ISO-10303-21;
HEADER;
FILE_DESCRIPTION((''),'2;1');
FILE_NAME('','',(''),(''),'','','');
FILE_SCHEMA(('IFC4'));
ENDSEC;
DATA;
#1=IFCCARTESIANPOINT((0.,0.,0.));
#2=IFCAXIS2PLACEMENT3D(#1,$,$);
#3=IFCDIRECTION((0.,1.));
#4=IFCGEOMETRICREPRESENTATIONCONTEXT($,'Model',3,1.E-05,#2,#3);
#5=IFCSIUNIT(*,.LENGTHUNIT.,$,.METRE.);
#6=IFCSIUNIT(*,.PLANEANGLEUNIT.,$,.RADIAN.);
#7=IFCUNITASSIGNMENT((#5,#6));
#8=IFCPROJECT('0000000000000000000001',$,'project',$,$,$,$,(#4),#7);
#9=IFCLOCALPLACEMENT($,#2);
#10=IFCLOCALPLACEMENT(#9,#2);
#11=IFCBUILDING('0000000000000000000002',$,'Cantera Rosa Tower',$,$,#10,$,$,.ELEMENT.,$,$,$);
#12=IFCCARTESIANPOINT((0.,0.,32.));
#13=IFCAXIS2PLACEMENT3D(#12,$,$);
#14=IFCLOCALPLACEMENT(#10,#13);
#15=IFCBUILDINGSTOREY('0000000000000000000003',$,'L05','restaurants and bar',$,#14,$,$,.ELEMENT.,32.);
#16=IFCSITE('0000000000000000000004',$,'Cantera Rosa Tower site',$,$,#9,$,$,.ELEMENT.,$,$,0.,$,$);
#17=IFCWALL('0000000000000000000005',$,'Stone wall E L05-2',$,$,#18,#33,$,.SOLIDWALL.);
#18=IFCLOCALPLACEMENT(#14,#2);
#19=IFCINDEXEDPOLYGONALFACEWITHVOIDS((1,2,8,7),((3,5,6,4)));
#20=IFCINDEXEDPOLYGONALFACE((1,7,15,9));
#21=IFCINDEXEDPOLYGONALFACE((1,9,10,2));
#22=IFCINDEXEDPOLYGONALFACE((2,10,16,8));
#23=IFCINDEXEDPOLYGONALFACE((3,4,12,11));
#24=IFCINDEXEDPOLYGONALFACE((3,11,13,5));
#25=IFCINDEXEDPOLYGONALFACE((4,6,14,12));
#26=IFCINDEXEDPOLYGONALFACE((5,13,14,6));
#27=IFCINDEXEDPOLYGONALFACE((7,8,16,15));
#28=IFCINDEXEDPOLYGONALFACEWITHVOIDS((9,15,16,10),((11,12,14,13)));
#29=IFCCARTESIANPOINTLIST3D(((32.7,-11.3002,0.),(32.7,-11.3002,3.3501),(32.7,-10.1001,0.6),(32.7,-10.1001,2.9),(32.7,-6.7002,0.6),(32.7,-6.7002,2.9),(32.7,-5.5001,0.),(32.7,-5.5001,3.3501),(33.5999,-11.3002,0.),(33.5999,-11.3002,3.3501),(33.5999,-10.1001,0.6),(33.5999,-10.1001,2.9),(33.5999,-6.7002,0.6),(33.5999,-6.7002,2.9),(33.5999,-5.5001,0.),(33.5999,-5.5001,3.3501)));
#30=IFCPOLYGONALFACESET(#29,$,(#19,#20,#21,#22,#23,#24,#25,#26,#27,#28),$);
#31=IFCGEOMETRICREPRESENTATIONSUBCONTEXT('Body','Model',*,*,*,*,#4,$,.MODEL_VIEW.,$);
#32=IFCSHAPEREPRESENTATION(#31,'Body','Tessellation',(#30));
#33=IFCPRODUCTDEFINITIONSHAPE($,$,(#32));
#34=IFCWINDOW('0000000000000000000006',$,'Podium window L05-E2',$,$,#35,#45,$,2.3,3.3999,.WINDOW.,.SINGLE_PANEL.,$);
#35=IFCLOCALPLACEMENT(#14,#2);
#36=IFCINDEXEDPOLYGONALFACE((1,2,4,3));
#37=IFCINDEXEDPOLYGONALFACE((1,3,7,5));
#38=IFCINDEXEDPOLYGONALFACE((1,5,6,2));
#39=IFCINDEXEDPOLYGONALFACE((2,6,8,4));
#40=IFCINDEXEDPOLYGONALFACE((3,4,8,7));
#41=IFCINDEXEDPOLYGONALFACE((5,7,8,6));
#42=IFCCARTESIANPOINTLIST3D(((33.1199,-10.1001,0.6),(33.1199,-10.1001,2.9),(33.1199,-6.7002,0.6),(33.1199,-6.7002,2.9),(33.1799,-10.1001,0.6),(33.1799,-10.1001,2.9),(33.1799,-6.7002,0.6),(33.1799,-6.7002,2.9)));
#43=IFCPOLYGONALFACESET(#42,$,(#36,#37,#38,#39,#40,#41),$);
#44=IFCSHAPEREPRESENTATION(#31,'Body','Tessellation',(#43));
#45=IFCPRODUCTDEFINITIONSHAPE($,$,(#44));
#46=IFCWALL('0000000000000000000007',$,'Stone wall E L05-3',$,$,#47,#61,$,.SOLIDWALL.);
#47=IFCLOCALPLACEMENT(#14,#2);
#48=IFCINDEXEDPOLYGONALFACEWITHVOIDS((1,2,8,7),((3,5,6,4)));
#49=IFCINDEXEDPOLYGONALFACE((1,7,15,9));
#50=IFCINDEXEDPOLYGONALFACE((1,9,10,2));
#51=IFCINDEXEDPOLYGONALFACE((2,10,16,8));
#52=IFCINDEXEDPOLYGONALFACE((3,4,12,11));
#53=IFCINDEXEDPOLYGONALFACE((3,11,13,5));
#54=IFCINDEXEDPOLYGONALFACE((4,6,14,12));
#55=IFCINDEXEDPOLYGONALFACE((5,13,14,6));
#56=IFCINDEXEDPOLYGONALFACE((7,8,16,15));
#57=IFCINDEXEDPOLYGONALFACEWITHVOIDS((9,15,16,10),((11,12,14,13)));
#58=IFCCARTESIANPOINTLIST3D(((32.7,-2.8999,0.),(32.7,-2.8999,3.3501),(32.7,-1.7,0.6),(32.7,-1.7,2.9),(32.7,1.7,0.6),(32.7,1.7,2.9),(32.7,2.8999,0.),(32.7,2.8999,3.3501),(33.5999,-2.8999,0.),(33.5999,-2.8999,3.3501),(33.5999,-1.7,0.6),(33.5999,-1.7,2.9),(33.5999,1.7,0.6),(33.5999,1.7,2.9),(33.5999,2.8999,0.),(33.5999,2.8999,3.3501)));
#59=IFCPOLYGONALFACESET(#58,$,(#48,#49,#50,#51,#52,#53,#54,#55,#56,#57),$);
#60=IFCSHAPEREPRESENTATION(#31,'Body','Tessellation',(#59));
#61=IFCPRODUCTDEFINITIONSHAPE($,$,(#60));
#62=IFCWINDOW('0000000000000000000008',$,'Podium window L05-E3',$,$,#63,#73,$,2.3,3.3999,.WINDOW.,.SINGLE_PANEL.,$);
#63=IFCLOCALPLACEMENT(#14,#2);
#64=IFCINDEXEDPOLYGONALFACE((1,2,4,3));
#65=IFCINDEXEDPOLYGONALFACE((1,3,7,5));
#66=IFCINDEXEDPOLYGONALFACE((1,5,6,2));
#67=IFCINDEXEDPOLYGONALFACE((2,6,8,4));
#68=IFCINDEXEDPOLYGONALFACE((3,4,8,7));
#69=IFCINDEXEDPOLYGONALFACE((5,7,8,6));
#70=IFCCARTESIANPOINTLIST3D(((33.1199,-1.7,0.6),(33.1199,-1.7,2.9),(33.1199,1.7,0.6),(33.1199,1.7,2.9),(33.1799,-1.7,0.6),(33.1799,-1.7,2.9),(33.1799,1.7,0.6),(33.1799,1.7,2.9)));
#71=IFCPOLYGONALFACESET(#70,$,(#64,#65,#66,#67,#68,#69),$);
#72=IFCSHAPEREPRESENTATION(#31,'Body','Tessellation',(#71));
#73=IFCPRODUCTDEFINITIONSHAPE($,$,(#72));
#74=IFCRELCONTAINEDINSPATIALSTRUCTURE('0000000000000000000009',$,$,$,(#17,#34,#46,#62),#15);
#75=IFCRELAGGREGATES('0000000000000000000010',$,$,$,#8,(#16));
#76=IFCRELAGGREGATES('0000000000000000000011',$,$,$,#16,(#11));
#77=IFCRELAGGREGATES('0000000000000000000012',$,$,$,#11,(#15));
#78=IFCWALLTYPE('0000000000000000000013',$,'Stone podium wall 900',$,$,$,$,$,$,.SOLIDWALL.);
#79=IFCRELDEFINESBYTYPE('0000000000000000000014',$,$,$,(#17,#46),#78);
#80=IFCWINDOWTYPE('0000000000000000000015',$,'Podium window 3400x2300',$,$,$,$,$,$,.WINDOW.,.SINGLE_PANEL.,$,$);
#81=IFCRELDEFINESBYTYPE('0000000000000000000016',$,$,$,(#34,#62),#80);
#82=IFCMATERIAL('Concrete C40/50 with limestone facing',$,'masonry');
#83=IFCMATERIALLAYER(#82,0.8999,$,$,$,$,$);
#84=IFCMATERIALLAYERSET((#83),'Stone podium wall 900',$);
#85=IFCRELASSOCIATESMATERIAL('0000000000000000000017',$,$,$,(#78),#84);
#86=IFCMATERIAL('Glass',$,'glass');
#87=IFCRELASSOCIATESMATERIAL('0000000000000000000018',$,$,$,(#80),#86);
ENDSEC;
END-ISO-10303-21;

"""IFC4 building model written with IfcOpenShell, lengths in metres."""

from ifc_helpers import new_model, si_unit, direction, frame, frame_2d, origin, place, context, subcontext, project, spatial, rectangle, extrude, material, layer, layer_set, type_object, element, fill, save


model = new_model("IFC4")

# Units and contexts
model_context = context("Model", 3, precision=1e-05, world=origin(), true_north=direction((0.0, 1.0)))
body_context = subcontext(model_context, "Body", "Model", "MODEL_VIEW")
ifc_project = project(units=[si_unit("LENGTHUNIT", "METRE"), si_unit("PLANEANGLEUNIT", "RADIAN")], contexts=[model_context])

# Site, building, storey
site_placement = place(None, origin())
site = spatial("IfcSite", under=ifc_project, at=site_placement, Name="Cantera Rosa Tower site", CompositionType="ELEMENT", RefElevation=0.0)
building_placement = place(site_placement, origin())
building = spatial("IfcBuilding", under=site, at=building_placement, Name="Cantera Rosa Tower", CompositionType="ELEMENT")
storey_placement = place(building_placement, frame((0.0, 0.0, 32.0)))
storey = spatial("IfcBuildingStorey", under=building, at=storey_placement, Name="L05", Description="restaurants and bar", CompositionType="ELEMENT", Elevation=32.0)

# Walls, openings, windows
ifc_material_1 = material(Name="Concrete C40/50 with limestone facing", Category="masonry")
ifc_layer_1 = layer(ifc_material_1, 0.8999)
ifc_layer_set_1 = layer_set([ifc_layer_1], Name="Stone podium wall 900")
wall_type_1 = type_object("IfcWallType", Name="Stone podium wall 900", PredefinedType="SOLIDWALL", material=ifc_layer_set_1)
wall_1_placement = place(storey_placement, frame((33.1499, -11.3, 0.0), z_axis=(0.0, 0.0, 1.0), x_axis=(0.0, 1.0, 0.0)))
wall_1 = element("IfcWall", 1, at=wall_1_placement, inside=storey, type_object=wall_type_1, Name="Stone wall E L05-2", PredefinedType="SOLIDWALL", context=body_context, shape_type="SweptSolid", body=[
    extrude(rectangle(XDim=5.8, YDim=0.8999, at=frame_2d((2.8999, 0.0))), origin(), (0.0, 0.0, 1.0), 3.3501),
])
opening_1_placement = place(wall_1_placement, frame((1.2, 0.0, 0.6001)))
opening_1 = element("IfcOpeningElement", 2, at=opening_1_placement, cuts=wall_1, PredefinedType="OPENING", context=body_context, shape_type="SweptSolid", body=[
    extrude(rectangle(XDim=3.3999, YDim=2.3, at=frame_2d((1.7, 1.1499))), frame((0.0, 0.46, 0.0), z_axis=(0.0, -1.0, 0.0), x_axis=(1.0, 0.0, 0.0)), (0.0, 0.0, 1.0), 0.9199),
])
ifc_material_2 = material(Name="Glass", Category="glass")
window_type_1 = type_object("IfcWindowType", Name="Podium window 3400x2300", PartitioningType="SINGLE_PANEL", PredefinedType="WINDOW", material=ifc_material_2)
window_1_placement = place(opening_1_placement, origin())
window_1 = element("IfcWindow", 3, at=window_1_placement, inside=storey, type_object=window_type_1, Name="Podium window L05-E2", OverallHeight=2.3, OverallWidth=3.3999, PartitioningType="SINGLE_PANEL", PredefinedType="WINDOW", context=body_context, shape_type="SweptSolid", body=[
    extrude(rectangle(XDim=3.3999, YDim=2.3, at=frame_2d((1.7, 1.1499))), frame((0.0, 0.03, 0.0), z_axis=(0.0, -1.0, 0.0), x_axis=(1.0, 0.0, 0.0)), (0.0, 0.0, 1.0), 0.0601),
])
fill(opening_1, window_1)
wall_2_placement = place(storey_placement, frame((33.1499, -2.8999, 0.0), z_axis=(0.0, 0.0, 1.0), x_axis=(0.0, 1.0, 0.0)))
wall_2 = element("IfcWall", 4, at=wall_2_placement, inside=storey, type_object=wall_type_1, Name="Stone wall E L05-3", PredefinedType="SOLIDWALL", context=body_context, shape_type="SweptSolid", body=[
    extrude(rectangle(XDim=5.7998, YDim=0.8999, at=frame_2d((2.8999, 0.0))), origin(), (0.0, 0.0, 1.0), 3.3501),
])
opening_2_placement = place(wall_2_placement, frame((1.2, 0.0, 0.6001)))
opening_2 = element("IfcOpeningElement", 5, at=opening_2_placement, cuts=wall_2, PredefinedType="OPENING", context=body_context, shape_type="SweptSolid", body=[
    extrude(rectangle(XDim=3.3999, YDim=2.3, at=frame_2d((1.7, 1.1499))), frame((0.0, 0.46, 0.0), z_axis=(0.0, -1.0, 0.0), x_axis=(1.0, 0.0, 0.0)), (0.0, 0.0, 1.0), 0.9199),
])
window_2_placement = place(opening_2_placement, origin())
window_2 = element("IfcWindow", 6, at=window_2_placement, inside=storey, type_object=window_type_1, Name="Podium window L05-E3", OverallHeight=2.3, OverallWidth=3.3999, PartitioningType="SINGLE_PANEL", PredefinedType="WINDOW", context=body_context, shape_type="SweptSolid", body=[
    extrude(rectangle(XDim=3.3999, YDim=2.3, at=frame_2d((1.7, 1.1499))), frame((0.0, 0.03, 0.0), z_axis=(0.0, -1.0, 0.0), x_axis=(1.0, 0.0, 0.0)), (0.0, 0.0, 1.0), 0.0601),
])
fill(opening_2, window_2)

save(model, "model.ifc")
